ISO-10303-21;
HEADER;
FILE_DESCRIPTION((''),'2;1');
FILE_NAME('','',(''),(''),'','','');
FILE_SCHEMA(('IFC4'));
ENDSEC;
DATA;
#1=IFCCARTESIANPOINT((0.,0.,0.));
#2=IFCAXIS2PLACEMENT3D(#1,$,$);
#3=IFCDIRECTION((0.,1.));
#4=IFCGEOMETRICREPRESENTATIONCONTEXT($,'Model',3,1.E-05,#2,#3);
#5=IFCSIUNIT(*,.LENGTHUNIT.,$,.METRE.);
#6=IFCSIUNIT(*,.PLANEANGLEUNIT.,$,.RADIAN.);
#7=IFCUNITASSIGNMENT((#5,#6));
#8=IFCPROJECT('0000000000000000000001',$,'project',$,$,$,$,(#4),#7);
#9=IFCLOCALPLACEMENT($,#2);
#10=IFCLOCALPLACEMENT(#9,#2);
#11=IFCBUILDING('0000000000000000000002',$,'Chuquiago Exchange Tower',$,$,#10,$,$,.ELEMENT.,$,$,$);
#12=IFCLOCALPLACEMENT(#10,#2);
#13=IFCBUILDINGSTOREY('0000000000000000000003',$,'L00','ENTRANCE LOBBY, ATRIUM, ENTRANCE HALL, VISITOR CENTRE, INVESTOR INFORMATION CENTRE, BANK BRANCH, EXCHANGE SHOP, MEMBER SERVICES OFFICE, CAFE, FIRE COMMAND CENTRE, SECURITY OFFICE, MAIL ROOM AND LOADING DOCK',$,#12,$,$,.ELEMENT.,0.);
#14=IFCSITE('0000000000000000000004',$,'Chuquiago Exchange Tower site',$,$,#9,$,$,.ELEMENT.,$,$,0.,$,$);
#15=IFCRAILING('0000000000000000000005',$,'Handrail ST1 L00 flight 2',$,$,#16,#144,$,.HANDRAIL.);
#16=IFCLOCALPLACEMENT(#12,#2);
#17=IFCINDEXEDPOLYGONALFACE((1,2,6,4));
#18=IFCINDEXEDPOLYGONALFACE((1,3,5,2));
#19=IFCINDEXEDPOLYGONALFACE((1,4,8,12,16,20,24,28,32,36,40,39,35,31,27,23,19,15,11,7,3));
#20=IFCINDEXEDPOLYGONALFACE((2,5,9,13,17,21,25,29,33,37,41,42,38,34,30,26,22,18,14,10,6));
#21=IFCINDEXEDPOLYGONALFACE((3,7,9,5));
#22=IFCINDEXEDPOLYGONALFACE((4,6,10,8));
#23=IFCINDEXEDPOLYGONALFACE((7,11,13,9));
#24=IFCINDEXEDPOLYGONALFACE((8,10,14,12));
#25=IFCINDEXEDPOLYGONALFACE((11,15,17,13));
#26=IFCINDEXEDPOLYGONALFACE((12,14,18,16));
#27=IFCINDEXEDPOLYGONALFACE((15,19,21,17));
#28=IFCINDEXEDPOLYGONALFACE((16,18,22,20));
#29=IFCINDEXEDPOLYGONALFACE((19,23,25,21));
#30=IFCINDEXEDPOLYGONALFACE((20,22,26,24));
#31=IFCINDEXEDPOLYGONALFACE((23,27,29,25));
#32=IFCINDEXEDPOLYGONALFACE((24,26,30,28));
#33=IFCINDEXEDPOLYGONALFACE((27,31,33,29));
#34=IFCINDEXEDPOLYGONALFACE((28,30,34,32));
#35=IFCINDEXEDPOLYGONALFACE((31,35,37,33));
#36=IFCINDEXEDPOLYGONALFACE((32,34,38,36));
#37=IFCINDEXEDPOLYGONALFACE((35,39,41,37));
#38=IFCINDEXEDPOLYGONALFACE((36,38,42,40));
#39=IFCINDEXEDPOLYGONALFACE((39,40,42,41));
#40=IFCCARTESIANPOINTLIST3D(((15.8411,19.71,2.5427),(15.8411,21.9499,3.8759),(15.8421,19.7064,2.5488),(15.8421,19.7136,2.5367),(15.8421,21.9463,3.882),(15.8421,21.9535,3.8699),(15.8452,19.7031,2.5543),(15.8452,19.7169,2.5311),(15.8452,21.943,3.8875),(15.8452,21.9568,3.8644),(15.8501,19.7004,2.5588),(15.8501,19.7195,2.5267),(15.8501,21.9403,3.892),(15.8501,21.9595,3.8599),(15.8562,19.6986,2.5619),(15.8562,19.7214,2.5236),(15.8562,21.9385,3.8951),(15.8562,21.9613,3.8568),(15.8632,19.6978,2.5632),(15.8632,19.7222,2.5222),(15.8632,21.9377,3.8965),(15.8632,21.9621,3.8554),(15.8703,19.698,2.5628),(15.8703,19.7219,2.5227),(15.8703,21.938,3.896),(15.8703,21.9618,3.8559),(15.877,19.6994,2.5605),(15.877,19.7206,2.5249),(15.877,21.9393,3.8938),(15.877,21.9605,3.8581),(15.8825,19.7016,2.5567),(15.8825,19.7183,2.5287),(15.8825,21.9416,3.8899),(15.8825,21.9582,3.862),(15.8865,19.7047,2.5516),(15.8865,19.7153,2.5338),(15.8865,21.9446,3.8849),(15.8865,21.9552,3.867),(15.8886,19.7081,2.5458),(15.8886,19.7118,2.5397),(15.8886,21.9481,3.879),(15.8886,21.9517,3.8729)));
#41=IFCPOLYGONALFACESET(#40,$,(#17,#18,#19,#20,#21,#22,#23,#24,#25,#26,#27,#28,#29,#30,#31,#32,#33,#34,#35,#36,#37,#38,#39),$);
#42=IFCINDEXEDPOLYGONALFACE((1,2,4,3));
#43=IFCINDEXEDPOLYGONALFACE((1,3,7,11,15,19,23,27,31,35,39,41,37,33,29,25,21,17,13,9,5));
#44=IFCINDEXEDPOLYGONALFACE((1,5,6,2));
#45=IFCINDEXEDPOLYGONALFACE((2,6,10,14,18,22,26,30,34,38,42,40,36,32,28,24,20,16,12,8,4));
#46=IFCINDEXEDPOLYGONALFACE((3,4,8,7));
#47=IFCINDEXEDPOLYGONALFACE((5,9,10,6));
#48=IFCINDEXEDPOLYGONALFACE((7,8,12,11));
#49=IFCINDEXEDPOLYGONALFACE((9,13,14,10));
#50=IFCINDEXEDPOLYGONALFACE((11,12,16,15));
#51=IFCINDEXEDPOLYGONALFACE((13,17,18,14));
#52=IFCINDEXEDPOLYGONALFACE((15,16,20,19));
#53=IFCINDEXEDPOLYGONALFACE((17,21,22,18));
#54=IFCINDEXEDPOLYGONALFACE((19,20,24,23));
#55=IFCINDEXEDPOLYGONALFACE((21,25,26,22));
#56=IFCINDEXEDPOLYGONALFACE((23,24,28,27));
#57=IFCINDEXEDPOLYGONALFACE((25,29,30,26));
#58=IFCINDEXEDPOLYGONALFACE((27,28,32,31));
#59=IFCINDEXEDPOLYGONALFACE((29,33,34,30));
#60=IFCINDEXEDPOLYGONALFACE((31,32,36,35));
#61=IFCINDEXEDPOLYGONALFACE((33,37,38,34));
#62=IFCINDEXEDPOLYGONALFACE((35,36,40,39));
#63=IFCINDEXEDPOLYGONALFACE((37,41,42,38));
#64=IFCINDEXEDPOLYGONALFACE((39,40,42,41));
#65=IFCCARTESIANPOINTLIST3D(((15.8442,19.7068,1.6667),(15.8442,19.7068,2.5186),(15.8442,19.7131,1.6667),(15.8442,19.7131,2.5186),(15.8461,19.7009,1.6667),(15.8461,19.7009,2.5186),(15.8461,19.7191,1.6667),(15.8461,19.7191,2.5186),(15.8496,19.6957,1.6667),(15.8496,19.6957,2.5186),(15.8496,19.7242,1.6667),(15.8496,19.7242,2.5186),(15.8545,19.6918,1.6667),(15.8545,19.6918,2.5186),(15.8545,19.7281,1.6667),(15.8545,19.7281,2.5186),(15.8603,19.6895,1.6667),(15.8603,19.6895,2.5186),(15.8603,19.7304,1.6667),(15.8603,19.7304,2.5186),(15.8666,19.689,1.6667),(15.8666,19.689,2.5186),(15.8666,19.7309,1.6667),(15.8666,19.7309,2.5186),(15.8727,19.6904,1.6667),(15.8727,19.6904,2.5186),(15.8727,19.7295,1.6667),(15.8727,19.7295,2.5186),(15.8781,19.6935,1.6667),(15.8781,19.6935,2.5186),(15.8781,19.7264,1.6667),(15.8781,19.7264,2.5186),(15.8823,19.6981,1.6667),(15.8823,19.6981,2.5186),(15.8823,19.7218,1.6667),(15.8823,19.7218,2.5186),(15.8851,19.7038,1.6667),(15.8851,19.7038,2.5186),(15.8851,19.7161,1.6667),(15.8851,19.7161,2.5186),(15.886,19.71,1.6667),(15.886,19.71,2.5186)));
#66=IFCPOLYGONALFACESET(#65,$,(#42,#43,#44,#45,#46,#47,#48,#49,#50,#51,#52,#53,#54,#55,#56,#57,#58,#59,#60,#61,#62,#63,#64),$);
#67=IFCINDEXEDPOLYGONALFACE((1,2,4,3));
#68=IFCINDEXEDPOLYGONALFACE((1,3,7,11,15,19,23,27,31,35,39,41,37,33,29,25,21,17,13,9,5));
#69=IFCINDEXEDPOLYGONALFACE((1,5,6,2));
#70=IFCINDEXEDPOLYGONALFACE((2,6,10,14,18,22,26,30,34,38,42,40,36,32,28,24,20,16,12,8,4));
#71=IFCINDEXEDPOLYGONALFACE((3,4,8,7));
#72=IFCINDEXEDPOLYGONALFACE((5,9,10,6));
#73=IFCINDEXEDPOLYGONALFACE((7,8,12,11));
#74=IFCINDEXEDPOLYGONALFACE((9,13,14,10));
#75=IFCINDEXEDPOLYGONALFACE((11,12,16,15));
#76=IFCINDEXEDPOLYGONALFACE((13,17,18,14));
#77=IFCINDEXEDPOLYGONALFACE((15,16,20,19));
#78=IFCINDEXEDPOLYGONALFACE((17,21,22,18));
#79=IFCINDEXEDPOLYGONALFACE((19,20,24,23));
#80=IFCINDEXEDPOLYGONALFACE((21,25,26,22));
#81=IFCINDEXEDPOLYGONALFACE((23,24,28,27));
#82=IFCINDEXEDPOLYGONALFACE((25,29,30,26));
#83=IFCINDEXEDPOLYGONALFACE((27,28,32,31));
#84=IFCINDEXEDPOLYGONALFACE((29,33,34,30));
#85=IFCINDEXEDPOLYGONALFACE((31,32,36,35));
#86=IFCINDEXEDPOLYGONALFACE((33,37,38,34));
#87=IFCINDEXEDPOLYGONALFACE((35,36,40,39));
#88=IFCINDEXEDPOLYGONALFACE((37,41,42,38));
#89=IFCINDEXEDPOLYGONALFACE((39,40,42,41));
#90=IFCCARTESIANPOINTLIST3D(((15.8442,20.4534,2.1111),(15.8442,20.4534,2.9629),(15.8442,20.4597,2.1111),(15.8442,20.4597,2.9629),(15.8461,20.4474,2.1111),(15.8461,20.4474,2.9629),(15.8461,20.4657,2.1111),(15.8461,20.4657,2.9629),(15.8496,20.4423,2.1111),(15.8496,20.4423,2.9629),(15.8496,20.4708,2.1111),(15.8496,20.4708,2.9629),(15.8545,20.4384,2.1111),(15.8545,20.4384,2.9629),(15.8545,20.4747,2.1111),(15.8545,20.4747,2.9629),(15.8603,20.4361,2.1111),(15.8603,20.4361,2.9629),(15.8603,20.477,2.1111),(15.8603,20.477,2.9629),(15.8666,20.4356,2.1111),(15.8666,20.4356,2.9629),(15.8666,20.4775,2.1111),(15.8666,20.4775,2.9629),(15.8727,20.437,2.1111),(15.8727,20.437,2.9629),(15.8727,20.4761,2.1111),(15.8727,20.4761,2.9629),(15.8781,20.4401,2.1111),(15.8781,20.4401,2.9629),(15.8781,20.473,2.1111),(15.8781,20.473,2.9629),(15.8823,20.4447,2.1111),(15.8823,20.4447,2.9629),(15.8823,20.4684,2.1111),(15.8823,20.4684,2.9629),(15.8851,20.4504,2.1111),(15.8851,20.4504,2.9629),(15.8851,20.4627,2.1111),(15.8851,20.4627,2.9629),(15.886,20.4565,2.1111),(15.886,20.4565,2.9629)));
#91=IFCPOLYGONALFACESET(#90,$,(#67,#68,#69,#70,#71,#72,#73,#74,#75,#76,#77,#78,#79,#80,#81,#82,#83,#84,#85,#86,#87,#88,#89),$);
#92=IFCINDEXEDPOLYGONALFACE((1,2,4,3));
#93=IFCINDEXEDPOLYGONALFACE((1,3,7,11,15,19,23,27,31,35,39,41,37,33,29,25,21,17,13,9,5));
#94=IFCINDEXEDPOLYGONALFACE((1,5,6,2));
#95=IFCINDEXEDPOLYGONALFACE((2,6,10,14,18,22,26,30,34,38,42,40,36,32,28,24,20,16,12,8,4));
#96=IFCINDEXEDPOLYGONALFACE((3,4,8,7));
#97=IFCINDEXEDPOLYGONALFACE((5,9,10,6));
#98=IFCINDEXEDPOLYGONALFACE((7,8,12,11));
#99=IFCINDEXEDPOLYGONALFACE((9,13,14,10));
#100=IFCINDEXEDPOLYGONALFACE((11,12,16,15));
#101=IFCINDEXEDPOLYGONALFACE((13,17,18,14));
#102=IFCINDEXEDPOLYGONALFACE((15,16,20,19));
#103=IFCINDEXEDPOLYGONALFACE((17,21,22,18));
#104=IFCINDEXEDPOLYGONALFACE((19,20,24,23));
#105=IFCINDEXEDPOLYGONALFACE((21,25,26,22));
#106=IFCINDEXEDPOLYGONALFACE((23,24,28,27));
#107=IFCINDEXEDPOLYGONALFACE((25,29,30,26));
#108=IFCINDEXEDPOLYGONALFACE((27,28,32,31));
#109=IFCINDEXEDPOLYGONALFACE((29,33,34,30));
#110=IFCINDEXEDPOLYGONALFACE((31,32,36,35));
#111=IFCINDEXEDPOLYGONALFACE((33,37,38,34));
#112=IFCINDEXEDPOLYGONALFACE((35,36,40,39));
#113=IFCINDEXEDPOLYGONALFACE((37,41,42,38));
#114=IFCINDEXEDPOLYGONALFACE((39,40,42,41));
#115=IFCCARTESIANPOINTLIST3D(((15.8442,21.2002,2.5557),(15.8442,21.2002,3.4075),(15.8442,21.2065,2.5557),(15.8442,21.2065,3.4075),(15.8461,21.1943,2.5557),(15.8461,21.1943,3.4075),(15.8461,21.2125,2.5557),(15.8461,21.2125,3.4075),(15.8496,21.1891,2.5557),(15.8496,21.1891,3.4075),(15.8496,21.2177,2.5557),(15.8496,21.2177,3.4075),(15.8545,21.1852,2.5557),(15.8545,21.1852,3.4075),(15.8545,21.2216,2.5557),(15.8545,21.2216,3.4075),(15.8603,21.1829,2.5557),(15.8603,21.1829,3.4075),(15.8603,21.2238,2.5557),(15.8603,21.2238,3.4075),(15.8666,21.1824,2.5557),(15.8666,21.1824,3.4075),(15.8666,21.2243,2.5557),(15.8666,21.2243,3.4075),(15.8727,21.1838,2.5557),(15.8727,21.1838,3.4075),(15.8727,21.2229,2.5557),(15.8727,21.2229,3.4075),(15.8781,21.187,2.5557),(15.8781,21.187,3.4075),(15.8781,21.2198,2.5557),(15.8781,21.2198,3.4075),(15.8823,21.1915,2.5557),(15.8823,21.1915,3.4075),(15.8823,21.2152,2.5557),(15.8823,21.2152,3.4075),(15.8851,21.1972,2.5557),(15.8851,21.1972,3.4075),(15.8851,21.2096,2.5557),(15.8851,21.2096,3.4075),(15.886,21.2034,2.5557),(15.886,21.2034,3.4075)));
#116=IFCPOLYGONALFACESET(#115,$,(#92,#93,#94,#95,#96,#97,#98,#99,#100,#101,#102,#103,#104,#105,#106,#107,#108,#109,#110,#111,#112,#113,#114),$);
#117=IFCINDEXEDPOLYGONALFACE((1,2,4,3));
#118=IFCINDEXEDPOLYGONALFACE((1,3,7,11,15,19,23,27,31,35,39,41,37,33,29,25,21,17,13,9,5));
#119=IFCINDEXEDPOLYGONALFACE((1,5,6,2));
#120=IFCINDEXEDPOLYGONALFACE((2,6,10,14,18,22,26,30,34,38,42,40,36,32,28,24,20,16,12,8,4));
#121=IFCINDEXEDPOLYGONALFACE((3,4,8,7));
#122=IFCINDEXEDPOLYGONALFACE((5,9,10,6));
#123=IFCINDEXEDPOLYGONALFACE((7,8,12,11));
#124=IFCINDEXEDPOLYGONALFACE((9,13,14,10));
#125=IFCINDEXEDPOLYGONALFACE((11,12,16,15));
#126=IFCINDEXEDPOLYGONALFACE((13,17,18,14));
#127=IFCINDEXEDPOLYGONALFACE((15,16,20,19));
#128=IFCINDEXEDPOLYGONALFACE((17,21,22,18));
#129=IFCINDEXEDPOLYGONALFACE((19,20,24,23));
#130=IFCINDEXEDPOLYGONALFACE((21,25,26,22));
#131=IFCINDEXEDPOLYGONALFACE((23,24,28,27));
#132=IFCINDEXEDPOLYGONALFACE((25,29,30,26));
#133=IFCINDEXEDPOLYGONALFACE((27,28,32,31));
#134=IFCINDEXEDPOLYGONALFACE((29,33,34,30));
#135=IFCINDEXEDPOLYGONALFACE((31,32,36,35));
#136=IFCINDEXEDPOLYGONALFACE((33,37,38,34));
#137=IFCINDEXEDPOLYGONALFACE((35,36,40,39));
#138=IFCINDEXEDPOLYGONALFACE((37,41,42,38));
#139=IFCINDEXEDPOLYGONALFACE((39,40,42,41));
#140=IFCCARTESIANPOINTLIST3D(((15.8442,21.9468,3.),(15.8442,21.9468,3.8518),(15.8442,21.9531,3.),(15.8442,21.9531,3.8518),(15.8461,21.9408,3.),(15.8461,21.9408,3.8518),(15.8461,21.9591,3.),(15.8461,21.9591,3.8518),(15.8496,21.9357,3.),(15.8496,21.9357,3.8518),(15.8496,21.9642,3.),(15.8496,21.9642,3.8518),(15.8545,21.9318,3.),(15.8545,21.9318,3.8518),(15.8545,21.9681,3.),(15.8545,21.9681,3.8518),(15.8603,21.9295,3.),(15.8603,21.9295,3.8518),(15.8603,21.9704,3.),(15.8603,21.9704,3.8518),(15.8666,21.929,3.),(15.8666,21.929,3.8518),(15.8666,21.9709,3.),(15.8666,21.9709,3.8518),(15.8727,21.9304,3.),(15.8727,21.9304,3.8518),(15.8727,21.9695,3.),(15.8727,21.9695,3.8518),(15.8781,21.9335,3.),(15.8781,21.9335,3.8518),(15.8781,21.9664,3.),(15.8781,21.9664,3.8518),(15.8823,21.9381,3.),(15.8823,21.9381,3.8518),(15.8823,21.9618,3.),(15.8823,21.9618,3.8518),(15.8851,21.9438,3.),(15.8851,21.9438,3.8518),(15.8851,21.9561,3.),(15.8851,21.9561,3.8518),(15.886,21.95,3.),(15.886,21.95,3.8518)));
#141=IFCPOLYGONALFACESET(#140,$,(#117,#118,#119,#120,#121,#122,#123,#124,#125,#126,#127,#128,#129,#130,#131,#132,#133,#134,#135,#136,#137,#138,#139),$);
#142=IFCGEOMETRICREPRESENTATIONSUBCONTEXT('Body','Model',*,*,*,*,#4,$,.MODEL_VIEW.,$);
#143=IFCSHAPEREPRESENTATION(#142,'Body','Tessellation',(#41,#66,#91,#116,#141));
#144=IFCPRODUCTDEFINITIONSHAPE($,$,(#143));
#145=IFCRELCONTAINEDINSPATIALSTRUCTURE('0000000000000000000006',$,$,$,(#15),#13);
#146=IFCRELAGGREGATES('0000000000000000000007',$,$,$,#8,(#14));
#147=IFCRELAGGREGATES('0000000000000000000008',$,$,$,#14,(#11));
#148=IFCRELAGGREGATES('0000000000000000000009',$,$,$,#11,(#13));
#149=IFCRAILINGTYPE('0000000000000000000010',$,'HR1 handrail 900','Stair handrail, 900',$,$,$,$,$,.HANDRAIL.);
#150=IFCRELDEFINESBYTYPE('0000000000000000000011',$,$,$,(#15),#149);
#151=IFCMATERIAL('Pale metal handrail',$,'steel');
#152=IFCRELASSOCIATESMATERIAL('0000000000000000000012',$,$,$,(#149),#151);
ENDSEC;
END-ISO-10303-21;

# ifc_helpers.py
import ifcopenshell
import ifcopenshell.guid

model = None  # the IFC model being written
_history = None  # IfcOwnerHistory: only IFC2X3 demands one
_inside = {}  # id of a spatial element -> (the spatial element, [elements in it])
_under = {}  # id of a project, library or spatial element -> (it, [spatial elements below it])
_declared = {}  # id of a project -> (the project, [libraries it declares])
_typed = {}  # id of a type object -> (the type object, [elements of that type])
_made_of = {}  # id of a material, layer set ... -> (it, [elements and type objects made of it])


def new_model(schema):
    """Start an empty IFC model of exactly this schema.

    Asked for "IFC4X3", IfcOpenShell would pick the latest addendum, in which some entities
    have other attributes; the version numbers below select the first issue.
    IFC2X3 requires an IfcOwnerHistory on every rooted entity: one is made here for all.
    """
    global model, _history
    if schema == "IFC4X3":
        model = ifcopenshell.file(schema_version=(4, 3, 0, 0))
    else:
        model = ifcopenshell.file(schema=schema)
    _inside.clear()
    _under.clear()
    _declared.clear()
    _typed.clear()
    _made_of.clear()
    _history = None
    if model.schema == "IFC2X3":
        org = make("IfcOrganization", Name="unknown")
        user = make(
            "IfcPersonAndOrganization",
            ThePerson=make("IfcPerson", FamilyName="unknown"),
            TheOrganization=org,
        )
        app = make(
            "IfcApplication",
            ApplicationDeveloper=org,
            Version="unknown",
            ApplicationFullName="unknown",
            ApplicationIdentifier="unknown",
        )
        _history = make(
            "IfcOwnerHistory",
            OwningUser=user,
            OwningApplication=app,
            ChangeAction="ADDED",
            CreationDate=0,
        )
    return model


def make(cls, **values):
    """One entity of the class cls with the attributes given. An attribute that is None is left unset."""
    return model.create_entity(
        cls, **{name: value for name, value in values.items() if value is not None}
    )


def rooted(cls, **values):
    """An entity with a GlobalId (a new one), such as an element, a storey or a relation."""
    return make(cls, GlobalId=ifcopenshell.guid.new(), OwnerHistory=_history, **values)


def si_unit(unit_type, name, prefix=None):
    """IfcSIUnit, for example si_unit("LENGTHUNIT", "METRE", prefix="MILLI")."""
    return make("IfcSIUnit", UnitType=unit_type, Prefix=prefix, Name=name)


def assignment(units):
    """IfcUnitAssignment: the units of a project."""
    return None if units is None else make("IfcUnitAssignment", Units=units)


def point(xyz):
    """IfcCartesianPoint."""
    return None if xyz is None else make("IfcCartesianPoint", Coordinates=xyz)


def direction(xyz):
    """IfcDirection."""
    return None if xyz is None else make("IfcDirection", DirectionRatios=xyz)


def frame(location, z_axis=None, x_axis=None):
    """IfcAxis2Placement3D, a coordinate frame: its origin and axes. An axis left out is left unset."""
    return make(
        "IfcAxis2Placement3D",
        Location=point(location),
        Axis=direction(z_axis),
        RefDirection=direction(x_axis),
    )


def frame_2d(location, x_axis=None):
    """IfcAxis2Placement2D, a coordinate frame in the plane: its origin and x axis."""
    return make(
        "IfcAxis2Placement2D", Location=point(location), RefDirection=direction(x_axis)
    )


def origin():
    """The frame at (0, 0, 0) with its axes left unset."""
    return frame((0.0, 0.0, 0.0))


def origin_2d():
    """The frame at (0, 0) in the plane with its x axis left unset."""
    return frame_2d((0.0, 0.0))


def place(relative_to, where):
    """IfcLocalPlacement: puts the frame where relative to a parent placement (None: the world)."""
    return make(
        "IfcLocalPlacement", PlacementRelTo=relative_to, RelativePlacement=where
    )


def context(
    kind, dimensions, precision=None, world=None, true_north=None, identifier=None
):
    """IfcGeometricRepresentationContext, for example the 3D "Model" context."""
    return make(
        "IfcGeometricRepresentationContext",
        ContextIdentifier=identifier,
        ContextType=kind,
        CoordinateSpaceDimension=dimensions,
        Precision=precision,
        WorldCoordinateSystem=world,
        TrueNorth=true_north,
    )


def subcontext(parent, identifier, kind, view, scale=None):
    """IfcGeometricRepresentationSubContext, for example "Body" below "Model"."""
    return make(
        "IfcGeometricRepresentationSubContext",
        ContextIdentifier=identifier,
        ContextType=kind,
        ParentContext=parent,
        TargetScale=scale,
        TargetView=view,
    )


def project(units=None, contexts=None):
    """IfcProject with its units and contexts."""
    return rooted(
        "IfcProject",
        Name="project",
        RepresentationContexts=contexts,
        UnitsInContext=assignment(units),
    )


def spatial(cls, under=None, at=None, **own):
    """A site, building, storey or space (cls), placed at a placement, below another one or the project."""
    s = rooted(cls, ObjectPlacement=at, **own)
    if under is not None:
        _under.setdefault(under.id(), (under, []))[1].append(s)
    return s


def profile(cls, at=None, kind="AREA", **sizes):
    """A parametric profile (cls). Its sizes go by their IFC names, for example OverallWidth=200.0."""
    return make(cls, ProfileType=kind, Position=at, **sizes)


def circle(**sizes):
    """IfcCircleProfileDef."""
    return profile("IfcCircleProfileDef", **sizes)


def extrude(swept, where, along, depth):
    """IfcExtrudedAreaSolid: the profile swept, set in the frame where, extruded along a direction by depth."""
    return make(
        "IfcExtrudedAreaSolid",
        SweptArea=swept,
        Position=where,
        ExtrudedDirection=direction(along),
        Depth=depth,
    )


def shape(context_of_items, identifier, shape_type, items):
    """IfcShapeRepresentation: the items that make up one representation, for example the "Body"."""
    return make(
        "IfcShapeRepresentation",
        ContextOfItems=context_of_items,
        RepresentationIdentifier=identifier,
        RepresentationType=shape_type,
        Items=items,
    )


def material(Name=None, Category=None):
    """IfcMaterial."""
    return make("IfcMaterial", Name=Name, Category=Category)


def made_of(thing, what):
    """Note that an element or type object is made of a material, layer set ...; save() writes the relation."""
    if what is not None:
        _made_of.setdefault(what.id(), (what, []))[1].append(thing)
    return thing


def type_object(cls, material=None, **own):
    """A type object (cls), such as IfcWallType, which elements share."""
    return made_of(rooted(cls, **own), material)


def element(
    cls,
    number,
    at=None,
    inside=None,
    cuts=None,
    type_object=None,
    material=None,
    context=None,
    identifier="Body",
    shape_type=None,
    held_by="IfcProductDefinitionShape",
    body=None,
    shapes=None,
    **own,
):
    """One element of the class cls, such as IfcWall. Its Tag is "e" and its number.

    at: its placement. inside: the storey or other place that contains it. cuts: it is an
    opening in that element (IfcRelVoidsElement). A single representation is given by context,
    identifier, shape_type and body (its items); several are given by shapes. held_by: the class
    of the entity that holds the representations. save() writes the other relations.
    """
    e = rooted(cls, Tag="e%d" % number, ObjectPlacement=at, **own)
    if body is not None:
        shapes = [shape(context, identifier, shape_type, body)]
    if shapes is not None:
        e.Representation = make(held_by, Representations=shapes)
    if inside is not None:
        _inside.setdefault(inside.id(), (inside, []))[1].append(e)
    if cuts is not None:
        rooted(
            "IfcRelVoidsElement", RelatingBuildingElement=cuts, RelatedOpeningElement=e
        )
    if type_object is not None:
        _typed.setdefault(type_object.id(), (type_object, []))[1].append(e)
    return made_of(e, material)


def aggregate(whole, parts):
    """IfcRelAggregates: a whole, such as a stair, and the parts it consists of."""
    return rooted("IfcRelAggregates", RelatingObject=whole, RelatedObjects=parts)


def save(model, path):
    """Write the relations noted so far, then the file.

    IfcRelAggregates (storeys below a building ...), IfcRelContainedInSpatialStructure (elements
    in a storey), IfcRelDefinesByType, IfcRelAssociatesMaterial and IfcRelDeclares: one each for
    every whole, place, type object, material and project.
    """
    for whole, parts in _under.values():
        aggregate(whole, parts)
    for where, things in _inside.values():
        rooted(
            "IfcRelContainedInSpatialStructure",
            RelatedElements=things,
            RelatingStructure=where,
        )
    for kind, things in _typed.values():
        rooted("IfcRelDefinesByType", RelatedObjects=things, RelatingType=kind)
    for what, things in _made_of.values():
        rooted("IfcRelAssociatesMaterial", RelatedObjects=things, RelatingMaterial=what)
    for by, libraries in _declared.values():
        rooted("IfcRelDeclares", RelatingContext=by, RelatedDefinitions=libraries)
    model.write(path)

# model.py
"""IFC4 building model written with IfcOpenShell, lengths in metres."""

from ifc_helpers import new_model, si_unit, direction, frame, origin, origin_2d, place, context, subcontext, project, spatial, circle, extrude, material, type_object, element, save


model = new_model("IFC4")

# Units and contexts
model_context = context("Model", 3, precision=1e-05, world=origin(), true_north=direction((0.0, 1.0)))
body_context = subcontext(model_context, "Body", "Model", "MODEL_VIEW")
ifc_project = project(units=[si_unit("LENGTHUNIT", "METRE"), si_unit("PLANEANGLEUNIT", "RADIAN")], contexts=[model_context])

# Site, building, storey
site_placement = place(None, origin())
site = spatial("IfcSite", under=ifc_project, at=site_placement, Name="Chuquiago Exchange Tower site", CompositionType="ELEMENT", RefElevation=0.0)
building_placement = place(site_placement, origin())
building = spatial("IfcBuilding", under=site, at=building_placement, Name="Chuquiago Exchange Tower", CompositionType="ELEMENT")
storey_placement = place(building_placement, origin())
storey = spatial("IfcBuildingStorey", under=building, at=storey_placement, Name="L00", Description="ENTRANCE LOBBY, ATRIUM, ENTRANCE HALL, VISITOR CENTRE, INVESTOR INFORMATION CENTRE, BANK BRANCH, EXCHANGE SHOP, MEMBER SERVICES OFFICE, CAFE, FIRE COMMAND CENTRE, SECURITY OFFICE, MAIL ROOM AND LOADING DOCK", CompositionType="ELEMENT", Elevation=0.0)

# Railing
ifc_material_1 = material(Name="Pale metal handrail", Category="steel")
railing_type_1 = type_object("IfcRailingType", Name="HR1 handrail 900", Description="Stair handrail, 900", PredefinedType="HANDRAIL", material=ifc_material_1)
for number, where, name in (
    (1, (15.865, 19.71, 1.6667), "Handrail ST1 L00 flight 2"),
):
    element("IfcRailing", number, at=place(storey_placement, frame(where)), inside=storey, type_object=railing_type_1, Name=name, PredefinedType="HANDRAIL", context=body_context, shape_type="SweptSolid", body=[
        extrude(circle(Radius=0.0239, at=origin_2d()), frame((0.0, 0.0, 0.876), z_axis=(0.0, 0.859306, 0.511462), x_axis=(-1.0, 0.0, 0.0)), (0.0, 0.0, 1.0), 2.6067),
        extrude(circle(Radius=0.021, at=origin_2d()), origin(), (0.0, 0.0, 1.0), 0.8518),
        extrude(circle(Radius=0.021, at=origin_2d()), frame((0.0, 0.7466, 0.4443)), (0.0, 0.0, 1.0), 0.8518),
        extrude(circle(Radius=0.021, at=origin_2d()), frame((0.0, 1.4934, 0.8889)), (0.0, 0.0, 1.0), 0.8518),
        extrude(circle(Radius=0.021, at=origin_2d()), frame((0.0, 2.24, 1.3333)), (0.0, 0.0, 1.0), 0.8518),
    ])

save(model, "model.ifc")
